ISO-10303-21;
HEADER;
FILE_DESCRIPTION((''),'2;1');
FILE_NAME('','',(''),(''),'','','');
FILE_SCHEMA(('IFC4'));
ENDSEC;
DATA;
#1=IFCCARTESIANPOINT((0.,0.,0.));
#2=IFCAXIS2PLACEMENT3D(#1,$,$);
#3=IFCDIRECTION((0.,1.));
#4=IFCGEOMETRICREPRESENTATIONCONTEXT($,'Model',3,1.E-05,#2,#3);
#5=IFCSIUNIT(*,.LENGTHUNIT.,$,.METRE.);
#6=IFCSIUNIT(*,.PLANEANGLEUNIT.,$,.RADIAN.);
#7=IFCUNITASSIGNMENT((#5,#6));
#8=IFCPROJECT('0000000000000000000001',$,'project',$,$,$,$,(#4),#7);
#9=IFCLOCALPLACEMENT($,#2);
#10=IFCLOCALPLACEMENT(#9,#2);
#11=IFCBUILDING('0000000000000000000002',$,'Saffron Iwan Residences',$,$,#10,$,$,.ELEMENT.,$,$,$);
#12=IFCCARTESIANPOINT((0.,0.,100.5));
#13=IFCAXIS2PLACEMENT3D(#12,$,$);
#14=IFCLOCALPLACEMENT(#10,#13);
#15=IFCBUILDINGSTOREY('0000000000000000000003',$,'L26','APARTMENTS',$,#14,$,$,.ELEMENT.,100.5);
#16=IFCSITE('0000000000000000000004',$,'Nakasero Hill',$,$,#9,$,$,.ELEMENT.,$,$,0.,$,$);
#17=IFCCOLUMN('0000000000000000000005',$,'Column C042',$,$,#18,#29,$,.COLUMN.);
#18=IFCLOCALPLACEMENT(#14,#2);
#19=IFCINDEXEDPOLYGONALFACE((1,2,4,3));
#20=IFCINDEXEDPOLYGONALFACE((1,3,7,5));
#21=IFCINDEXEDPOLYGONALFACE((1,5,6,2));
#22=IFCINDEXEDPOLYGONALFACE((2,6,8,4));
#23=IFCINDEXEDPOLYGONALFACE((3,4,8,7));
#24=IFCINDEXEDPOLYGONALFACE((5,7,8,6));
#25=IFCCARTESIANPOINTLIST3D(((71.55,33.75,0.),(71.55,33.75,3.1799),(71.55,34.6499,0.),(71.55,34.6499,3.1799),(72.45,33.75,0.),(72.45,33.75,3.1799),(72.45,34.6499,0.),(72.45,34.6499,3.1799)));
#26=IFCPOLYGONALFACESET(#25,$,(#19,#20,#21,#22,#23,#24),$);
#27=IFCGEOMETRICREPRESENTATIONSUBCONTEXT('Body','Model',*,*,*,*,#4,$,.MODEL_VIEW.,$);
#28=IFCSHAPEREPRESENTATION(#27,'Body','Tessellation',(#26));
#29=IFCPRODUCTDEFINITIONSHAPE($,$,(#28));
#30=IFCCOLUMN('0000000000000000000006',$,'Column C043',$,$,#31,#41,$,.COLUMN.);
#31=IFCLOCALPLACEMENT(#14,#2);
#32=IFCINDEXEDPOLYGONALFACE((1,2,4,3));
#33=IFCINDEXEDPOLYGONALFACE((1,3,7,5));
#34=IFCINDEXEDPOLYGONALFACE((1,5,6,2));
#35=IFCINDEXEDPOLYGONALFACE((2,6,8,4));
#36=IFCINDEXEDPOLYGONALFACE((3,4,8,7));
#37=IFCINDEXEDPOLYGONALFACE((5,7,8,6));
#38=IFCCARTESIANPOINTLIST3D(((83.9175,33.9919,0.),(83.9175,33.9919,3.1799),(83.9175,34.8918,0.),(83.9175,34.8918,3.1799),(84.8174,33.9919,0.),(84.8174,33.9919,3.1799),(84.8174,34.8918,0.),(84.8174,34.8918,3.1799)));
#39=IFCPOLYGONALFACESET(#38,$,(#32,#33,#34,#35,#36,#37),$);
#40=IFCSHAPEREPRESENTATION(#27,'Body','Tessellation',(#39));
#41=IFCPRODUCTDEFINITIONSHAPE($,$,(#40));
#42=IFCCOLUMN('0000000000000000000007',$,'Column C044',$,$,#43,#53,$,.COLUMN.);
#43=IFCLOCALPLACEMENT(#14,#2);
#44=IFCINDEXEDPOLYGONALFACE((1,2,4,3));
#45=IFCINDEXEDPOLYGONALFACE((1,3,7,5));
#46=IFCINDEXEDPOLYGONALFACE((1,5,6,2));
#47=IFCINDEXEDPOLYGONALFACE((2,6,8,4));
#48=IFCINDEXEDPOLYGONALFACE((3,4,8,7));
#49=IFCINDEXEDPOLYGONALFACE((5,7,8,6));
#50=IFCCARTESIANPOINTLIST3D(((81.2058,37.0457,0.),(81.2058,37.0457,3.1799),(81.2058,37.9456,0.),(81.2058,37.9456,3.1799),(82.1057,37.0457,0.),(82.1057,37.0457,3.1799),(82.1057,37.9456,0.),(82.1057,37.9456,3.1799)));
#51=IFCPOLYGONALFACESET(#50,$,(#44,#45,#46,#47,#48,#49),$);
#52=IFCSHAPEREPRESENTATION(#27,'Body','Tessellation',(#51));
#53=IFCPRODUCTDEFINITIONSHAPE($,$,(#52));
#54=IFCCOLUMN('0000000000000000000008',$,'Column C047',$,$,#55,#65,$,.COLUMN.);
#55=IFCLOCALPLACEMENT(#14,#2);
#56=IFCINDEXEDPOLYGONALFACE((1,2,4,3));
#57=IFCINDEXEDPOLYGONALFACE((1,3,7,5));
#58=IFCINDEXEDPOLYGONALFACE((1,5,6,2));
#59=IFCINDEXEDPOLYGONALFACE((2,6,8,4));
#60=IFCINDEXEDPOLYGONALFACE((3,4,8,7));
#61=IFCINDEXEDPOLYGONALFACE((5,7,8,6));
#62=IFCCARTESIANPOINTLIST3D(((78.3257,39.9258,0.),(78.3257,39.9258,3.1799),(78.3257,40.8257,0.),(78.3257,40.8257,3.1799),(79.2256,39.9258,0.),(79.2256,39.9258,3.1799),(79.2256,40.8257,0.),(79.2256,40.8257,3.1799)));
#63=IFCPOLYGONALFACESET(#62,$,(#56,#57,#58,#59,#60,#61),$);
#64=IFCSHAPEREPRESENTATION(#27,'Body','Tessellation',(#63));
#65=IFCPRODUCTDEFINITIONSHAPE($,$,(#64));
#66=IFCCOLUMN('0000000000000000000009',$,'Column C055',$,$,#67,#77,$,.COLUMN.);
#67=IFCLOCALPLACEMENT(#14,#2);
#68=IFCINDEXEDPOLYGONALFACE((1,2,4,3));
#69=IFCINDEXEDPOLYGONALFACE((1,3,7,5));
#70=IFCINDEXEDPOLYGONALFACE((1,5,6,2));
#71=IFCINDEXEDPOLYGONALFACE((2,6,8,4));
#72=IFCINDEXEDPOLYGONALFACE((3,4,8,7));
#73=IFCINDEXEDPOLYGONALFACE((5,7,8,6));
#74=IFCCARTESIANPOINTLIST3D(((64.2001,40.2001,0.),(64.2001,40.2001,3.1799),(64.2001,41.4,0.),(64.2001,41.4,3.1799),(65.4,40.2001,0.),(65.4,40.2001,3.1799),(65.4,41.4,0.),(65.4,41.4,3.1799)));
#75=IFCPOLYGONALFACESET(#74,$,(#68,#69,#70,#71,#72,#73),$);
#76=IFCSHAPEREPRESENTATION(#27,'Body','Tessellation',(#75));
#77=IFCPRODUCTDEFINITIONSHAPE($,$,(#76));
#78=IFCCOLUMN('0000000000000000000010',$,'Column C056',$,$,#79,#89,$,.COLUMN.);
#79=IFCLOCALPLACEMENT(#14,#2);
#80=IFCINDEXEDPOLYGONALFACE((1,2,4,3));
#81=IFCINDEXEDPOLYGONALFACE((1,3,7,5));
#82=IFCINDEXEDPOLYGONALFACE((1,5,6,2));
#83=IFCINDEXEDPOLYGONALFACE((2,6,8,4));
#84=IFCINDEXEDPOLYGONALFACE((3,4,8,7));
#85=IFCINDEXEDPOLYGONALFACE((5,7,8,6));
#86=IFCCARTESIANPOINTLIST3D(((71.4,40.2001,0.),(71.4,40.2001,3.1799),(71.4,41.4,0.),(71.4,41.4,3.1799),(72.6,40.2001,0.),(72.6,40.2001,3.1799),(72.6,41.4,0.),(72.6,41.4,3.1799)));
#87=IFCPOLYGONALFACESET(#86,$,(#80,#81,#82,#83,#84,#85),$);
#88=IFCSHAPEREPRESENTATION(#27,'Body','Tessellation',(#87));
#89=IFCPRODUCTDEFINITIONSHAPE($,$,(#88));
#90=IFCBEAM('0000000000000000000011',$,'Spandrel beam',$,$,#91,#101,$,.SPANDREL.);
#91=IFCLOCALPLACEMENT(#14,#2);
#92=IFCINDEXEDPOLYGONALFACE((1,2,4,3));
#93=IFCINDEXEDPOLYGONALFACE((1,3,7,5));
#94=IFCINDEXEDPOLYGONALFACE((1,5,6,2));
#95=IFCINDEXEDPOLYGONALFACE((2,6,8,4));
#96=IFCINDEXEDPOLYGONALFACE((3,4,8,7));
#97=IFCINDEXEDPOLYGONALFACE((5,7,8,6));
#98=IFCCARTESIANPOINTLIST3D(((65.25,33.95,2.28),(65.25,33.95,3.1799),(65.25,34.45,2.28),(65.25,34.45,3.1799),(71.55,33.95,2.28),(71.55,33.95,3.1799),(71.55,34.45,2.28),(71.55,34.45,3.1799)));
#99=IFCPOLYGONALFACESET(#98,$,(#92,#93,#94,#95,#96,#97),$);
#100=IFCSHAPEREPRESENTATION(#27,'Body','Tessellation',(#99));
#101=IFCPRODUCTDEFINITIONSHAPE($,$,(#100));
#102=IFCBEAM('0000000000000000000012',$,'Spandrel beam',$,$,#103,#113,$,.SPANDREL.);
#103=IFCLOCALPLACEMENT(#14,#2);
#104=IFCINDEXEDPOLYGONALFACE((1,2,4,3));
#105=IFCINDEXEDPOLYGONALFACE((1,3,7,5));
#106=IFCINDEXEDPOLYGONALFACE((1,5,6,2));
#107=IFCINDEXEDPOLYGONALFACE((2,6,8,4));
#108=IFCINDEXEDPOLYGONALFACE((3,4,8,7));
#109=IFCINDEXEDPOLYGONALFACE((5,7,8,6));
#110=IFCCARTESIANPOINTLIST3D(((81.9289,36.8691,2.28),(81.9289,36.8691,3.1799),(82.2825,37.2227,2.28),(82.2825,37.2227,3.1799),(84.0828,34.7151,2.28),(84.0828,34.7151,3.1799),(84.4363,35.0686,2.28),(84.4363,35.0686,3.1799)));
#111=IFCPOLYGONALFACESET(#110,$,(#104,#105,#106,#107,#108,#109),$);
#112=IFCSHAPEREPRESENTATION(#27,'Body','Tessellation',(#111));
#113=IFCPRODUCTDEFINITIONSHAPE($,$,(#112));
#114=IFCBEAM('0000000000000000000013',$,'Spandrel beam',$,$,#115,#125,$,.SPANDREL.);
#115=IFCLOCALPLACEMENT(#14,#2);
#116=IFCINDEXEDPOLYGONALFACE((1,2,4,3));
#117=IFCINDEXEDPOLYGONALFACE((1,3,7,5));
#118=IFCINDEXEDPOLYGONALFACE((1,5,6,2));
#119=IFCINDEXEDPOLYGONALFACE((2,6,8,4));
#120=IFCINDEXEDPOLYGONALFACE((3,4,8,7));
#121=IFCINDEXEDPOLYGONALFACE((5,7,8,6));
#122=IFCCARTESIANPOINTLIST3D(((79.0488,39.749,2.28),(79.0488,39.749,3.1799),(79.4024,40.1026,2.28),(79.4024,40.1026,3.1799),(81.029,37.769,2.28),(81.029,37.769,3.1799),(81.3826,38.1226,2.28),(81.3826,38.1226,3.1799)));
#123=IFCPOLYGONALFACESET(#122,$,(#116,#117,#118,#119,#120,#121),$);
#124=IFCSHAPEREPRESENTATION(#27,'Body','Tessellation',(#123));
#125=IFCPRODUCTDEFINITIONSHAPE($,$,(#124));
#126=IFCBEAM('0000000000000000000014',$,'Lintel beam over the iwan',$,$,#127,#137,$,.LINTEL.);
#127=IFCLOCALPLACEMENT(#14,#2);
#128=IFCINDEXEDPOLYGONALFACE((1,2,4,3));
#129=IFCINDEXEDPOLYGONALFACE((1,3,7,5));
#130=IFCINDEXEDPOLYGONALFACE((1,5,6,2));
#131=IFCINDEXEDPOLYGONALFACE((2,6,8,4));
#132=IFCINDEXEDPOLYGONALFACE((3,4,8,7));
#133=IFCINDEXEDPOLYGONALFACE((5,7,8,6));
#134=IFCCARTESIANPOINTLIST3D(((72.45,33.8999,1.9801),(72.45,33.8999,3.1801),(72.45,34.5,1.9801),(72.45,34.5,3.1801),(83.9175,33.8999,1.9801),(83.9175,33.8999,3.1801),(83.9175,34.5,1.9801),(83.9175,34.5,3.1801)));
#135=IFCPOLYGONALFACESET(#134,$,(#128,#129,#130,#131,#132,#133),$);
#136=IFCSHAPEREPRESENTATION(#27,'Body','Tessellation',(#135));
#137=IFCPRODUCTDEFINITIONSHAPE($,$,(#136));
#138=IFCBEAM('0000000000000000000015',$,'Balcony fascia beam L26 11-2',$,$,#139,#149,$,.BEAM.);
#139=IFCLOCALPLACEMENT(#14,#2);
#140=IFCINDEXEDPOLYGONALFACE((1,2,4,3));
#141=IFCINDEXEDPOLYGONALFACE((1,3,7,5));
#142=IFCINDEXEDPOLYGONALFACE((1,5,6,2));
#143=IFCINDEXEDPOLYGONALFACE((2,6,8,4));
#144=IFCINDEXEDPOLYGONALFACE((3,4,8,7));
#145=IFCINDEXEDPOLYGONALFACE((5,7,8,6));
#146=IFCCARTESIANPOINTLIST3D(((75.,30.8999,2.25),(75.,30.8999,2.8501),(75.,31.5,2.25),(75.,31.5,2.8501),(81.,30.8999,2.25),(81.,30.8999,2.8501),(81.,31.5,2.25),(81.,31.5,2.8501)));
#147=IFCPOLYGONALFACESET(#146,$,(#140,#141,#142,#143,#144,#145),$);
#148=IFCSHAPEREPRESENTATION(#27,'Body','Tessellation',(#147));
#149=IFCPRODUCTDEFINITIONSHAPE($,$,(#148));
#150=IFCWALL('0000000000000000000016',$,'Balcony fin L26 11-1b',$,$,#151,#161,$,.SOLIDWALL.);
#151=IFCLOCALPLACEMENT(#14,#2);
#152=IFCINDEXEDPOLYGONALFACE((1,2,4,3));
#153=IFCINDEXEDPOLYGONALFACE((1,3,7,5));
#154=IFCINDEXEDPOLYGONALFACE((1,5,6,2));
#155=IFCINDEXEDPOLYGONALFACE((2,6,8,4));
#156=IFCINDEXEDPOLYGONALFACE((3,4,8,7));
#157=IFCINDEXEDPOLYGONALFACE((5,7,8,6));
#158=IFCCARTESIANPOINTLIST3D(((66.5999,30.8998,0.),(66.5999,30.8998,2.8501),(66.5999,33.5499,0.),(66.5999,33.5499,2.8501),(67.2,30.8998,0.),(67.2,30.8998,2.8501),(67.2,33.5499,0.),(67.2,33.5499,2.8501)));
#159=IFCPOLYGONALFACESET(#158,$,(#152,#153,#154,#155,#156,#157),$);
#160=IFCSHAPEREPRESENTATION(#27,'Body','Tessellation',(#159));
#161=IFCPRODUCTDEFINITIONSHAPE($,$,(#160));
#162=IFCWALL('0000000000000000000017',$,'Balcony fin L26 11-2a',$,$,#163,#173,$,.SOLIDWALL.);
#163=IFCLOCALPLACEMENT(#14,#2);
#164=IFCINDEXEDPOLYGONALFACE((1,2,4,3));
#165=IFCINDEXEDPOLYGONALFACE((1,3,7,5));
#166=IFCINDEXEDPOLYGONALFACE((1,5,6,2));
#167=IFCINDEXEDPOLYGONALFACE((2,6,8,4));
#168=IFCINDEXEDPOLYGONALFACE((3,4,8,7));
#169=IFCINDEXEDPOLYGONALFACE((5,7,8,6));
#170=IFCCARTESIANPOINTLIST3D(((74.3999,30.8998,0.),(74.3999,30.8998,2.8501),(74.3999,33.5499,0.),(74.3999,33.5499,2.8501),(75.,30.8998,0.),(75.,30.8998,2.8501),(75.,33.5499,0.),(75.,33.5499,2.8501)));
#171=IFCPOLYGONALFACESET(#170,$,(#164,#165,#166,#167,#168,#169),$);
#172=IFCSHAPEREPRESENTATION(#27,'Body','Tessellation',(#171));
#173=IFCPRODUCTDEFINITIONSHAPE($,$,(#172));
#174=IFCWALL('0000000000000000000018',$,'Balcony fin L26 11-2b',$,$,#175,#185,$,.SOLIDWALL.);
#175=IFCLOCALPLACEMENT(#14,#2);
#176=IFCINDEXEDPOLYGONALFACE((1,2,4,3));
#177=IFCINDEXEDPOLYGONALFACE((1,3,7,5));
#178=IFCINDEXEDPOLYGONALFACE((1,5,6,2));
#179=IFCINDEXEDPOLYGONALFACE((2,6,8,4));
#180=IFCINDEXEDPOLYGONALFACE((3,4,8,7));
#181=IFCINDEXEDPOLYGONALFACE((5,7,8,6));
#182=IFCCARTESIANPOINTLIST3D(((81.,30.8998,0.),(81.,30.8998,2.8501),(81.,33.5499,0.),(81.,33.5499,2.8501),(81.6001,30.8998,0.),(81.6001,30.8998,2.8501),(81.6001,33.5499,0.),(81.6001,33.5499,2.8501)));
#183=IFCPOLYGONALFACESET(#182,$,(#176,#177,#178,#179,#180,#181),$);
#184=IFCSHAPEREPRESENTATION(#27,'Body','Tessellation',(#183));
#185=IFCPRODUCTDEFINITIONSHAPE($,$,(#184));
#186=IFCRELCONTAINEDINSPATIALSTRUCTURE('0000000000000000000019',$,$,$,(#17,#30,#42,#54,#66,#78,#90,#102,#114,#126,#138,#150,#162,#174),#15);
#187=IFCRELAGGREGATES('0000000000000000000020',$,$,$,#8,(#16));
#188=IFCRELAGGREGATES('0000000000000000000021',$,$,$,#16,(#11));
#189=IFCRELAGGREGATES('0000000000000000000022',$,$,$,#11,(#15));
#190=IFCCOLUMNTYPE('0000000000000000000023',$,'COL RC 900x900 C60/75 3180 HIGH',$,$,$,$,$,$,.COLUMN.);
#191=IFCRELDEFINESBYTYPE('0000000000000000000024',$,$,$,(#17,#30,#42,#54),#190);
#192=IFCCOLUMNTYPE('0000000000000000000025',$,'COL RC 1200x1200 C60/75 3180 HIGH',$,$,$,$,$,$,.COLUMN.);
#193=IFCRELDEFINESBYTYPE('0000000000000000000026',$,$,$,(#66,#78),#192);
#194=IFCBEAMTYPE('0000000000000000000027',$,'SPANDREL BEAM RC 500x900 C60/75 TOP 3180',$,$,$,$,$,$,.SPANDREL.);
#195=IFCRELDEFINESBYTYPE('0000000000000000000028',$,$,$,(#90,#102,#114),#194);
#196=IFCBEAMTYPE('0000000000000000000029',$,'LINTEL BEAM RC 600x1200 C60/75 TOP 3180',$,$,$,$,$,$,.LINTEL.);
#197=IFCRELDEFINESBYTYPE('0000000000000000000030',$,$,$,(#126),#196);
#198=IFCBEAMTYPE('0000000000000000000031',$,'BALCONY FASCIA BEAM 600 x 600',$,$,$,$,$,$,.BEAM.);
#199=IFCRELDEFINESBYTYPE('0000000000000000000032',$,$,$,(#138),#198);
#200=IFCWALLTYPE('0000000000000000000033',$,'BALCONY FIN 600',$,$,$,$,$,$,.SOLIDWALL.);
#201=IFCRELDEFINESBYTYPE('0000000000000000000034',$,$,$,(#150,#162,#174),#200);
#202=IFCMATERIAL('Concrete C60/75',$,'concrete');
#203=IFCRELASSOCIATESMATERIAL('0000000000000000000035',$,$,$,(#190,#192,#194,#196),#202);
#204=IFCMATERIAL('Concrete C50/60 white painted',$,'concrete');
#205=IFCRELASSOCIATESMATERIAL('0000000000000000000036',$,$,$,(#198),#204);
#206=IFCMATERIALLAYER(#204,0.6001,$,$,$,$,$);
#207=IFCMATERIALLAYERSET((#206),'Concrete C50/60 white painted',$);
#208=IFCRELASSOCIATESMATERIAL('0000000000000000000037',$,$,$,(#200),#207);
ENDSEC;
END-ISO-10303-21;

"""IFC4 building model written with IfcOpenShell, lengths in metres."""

from ifc_helpers import new_model, si_unit, direction, frame, frame_2d, origin, origin_2d, place, context, subcontext, project, spatial, rectangle, extrude, source, transform, mapped, material, layer, layer_set, material_profile, profile_set, type_object, element, save


model = new_model("IFC4")

# Units and contexts
model_context = context("Model", 3, precision=1e-05, world=origin(), true_north=direction((0.0, 1.0)))
body_context = subcontext(model_context, "Body", "Model", "MODEL_VIEW")
ifc_project = project(units=[si_unit("LENGTHUNIT", "METRE"), si_unit("PLANEANGLEUNIT", "RADIAN")], contexts=[model_context])

# Site, building, storey
site_placement = place(None, origin())
site = spatial("IfcSite", under=ifc_project, at=site_placement, Name="Nakasero Hill", CompositionType="ELEMENT", RefElevation=0.0)
building_placement = place(site_placement, origin())
building = spatial("IfcBuilding", under=site, at=building_placement, Name="Saffron Iwan Residences", CompositionType="ELEMENT")
storey_placement = place(building_placement, frame((0.0, 0.0, 100.5)))
storey = spatial("IfcBuildingStorey", under=building, at=storey_placement, Name="L26", Description="APARTMENTS", CompositionType="ELEMENT", Elevation=100.5)

# Columns
ifc_material_1 = material(Name="Concrete C60/75", Category="concrete")
ifc_material_profile_1 = material_profile(ifc_material_1, rectangle(XDim=0.8999, YDim=0.8999, at=origin_2d()), Name="RC 900x900")
ifc_profile_set_1 = profile_set([ifc_material_profile_1], Name="Concrete C60/75")
column_type_1 = type_object("IfcColumnType", Name="COL RC 900x900 C60/75 3180 HIGH", PredefinedType="COLUMN", material=ifc_profile_set_1)
shared_shape_1 = source(origin(), body_context, "Body", "SweptSolid", [
    extrude(rectangle(XDim=0.8999, YDim=0.8999, at=origin_2d()), origin(), (0.0, 0.0, 1.0), 3.1799),
])
for number, where, z_axis, x_axis, name in (
    (1, (72.0, 34.2, 0.0), (0.0, 0.0, 1.0), (1.0, 0.0, 0.0), "Column C042"),
    (2, (84.3674, 34.4419, 0.0), (0.0, 0.0, 1.0), (1.0, 0.0, 0.0), "Column C043"),
    (3, (81.6558, 37.4956, 0.0), (0.0, 0.0, 1.0), (1.0, 0.0, 0.0), "Column C044"),
    (4, (78.7756, 40.3757, 0.0), (0.0, 0.0, 1.0), (1.0, 0.0, 0.0), "Column C047"),
):
    element("IfcColumn", number, at=place(storey_placement, frame(where, z_axis=z_axis, x_axis=x_axis)), inside=storey, type_object=column_type_1, Name=name, PredefinedType="COLUMN", context=body_context, shape_type="MappedRepresentation", body=[
        mapped(shared_shape_1, transform((0.0, 0.0, 0.0))),
    ])
ifc_material_profile_2 = material_profile(ifc_material_1, rectangle(XDim=1.2, YDim=1.2, at=origin_2d()), Name="RC 1200x1200")
ifc_profile_set_2 = profile_set([ifc_material_profile_2], Name="Concrete C60/75")
column_type_2 = type_object("IfcColumnType", Name="COL RC 1200x1200 C60/75 3180 HIGH", PredefinedType="COLUMN", material=ifc_profile_set_2)
shared_shape_2 = source(origin(), body_context, "Body", "SweptSolid", [
    extrude(rectangle(XDim=1.2, YDim=1.2, at=origin_2d()), origin(), (0.0, 0.0, 1.0), 3.1799),
])
for number, where, z_axis, x_axis, name in (
    (5, (64.8, 40.8, 0.0), (0.0, 0.0, 1.0), (1.0, 0.0, 0.0), "Column C055"),
    (6, (72.0, 40.8, 0.0), (0.0, 0.0, 1.0), (1.0, 0.0, 0.0), "Column C056"),
):
    element("IfcColumn", number, at=place(storey_placement, frame(where, z_axis=z_axis, x_axis=x_axis)), inside=storey, type_object=column_type_2, Name=name, PredefinedType="COLUMN", context=body_context, shape_type="MappedRepresentation", body=[
        mapped(shared_shape_2, transform((0.0, 0.0, 0.0))),
    ])

# Beams
ifc_material_profile_3 = material_profile(ifc_material_1, rectangle(XDim=0.5, YDim=0.8999, at=origin_2d()), Name="RC 500x900")
ifc_profile_set_3 = profile_set([ifc_material_profile_3], Name="Concrete C60/75")
beam_type_1 = type_object("IfcBeamType", Name="SPANDREL BEAM RC 500x900 C60/75 TOP 3180", PredefinedType="SPANDREL", material=ifc_profile_set_3)
shared_shape_3 = source(origin(), body_context, "Body", "SweptSolid", [
    extrude(rectangle(XDim=0.5, YDim=0.8999, at=origin_2d()), origin(), (0.0, 0.0, 1.0), 6.3),
])
beam_1_placement = place(storey_placement, frame((71.55, 34.2, 2.73), z_axis=(-1.0, 0.0, 0.0), x_axis=(0.0, -1.0, 0.0)))
element("IfcBeam", 7, at=beam_1_placement, inside=storey, type_object=beam_type_1, Name="Spandrel beam", PredefinedType="SPANDREL", context=body_context, shape_type="MappedRepresentation", body=[
    mapped(shared_shape_3, transform((0.0, 0.0, 0.0))),
])
shared_shape_4 = source(origin(), body_context, "Body", "SweptSolid", [
    extrude(rectangle(XDim=0.5, YDim=0.8999, at=origin_2d()), origin(), (0.0, 0.0, 1.0), 3.0461),
])
beam_2_placement = place(storey_placement, frame((82.1057, 37.0459, 2.73), z_axis=(0.707067, -0.707147, 0.0), x_axis=(0.707147, 0.707067, 0.0)))
element("IfcBeam", 8, at=beam_2_placement, inside=storey, type_object=beam_type_1, Name="Spandrel beam", PredefinedType="SPANDREL", context=body_context, shape_type="MappedRepresentation", body=[
    mapped(shared_shape_4, transform((0.0, 0.0, 0.0))),
])
shared_shape_5 = source(origin(), body_context, "Body", "SweptSolid", [
    extrude(rectangle(XDim=0.5, YDim=0.8999, at=origin_2d()), origin(), (0.0, 0.0, 1.0), 2.8003),
])
beam_3_placement = place(storey_placement, frame((79.2256, 39.9258, 2.73), z_axis=(0.70715, -0.707063, 0.0), x_axis=(0.707063, 0.70715, 0.0)))
element("IfcBeam", 9, at=beam_3_placement, inside=storey, type_object=beam_type_1, Name="Spandrel beam", PredefinedType="SPANDREL", context=body_context, shape_type="MappedRepresentation", body=[
    mapped(shared_shape_5, transform((0.0, 0.0, 0.0))),
])
ifc_material_profile_4 = material_profile(ifc_material_1, rectangle(XDim=0.6001, YDim=1.2, at=origin_2d()), Name="RC 600x1200")
ifc_profile_set_4 = profile_set([ifc_material_profile_4], Name="Concrete C60/75")
beam_type_2 = type_object("IfcBeamType", Name="LINTEL BEAM RC 600x1200 C60/75 TOP 3180", PredefinedType="LINTEL", material=ifc_profile_set_4)
shared_shape_6 = source(origin(), body_context, "Body", "SweptSolid", [
    extrude(rectangle(XDim=0.6001, YDim=1.2, at=origin_2d()), origin(), (0.0, 0.0, 1.0), 11.4675),
])
beam_4_placement = place(storey_placement, frame((83.9175, 34.2, 2.5801), z_axis=(-1.0, 0.0, 0.0), x_axis=(0.0, -1.0, 0.0)))
element("IfcBeam", 10, at=beam_4_placement, inside=storey, type_object=beam_type_2, Name="Lintel beam over the iwan", PredefinedType="LINTEL", context=body_context, shape_type="MappedRepresentation", body=[
    mapped(shared_shape_6, transform((0.0, 0.0, 0.0))),
])
ifc_material_2 = material(Name="Concrete C50/60 white painted", Category="concrete")
ifc_material_profile_5 = material_profile(ifc_material_2, rectangle(XDim=0.6001, YDim=0.6001, at=origin_2d()), Name="BALCONY FASCIA BEAM 600 x 600")
ifc_profile_set_5 = profile_set([ifc_material_profile_5], Name="Concrete C50/60 white painted")
beam_type_3 = type_object("IfcBeamType", Name="BALCONY FASCIA BEAM 600 x 600", PredefinedType="BEAM", material=ifc_profile_set_5)
shared_shape_7 = source(origin(), body_context, "Body", "SweptSolid", [
    extrude(rectangle(XDim=0.6001, YDim=0.6001, at=origin_2d()), origin(), (0.0, 0.0, 1.0), 6.0),
])
beam_5_placement = place(storey_placement, frame((75.0, 31.2, 2.55), z_axis=(1.0, 0.0, 0.0), x_axis=(0.0, 1.0, 0.0)))
element("IfcBeam", 11, at=beam_5_placement, inside=storey, type_object=beam_type_3, Name="Balcony fascia beam L26 11-2", PredefinedType="BEAM", context=body_context, shape_type="MappedRepresentation", body=[
    mapped(shared_shape_7, transform((0.0, 0.0, 0.0))),
])

# Walls
ifc_layer_1 = layer(ifc_material_2, 0.6001)
ifc_layer_set_1 = layer_set([ifc_layer_1], Name="Concrete C50/60 white painted")
wall_type_1 = type_object("IfcWallType", Name="BALCONY FIN 600", PredefinedType="SOLIDWALL", material=ifc_layer_set_1)
for number, where, z_axis, x_axis, name in (
    (12, (66.8999, 33.55, 0.0), (0.0, 0.0, 1.0), (0.0, -1.0, 0.0), "Balcony fin L26 11-1b"),
    (13, (74.7, 33.55, 0.0), (0.0, 0.0, 1.0), (0.0, -1.0, 0.0), "Balcony fin L26 11-2a"),
    (14, (81.3, 33.55, 0.0), (0.0, 0.0, 1.0), (0.0, -1.0, 0.0), "Balcony fin L26 11-2b"),
):
    element("IfcWall", number, at=place(storey_placement, frame(where, z_axis=z_axis, x_axis=x_axis)), inside=storey, type_object=wall_type_1, Name=name, PredefinedType="SOLIDWALL", context=body_context, shape_type="SweptSolid", body=[
        extrude(rectangle(XDim=2.6501, YDim=0.6001, at=frame_2d((1.3252, 0.0))), origin(), (0.0, 0.0, 1.0), 2.8501),
    ])

save(model, "model.ifc")
